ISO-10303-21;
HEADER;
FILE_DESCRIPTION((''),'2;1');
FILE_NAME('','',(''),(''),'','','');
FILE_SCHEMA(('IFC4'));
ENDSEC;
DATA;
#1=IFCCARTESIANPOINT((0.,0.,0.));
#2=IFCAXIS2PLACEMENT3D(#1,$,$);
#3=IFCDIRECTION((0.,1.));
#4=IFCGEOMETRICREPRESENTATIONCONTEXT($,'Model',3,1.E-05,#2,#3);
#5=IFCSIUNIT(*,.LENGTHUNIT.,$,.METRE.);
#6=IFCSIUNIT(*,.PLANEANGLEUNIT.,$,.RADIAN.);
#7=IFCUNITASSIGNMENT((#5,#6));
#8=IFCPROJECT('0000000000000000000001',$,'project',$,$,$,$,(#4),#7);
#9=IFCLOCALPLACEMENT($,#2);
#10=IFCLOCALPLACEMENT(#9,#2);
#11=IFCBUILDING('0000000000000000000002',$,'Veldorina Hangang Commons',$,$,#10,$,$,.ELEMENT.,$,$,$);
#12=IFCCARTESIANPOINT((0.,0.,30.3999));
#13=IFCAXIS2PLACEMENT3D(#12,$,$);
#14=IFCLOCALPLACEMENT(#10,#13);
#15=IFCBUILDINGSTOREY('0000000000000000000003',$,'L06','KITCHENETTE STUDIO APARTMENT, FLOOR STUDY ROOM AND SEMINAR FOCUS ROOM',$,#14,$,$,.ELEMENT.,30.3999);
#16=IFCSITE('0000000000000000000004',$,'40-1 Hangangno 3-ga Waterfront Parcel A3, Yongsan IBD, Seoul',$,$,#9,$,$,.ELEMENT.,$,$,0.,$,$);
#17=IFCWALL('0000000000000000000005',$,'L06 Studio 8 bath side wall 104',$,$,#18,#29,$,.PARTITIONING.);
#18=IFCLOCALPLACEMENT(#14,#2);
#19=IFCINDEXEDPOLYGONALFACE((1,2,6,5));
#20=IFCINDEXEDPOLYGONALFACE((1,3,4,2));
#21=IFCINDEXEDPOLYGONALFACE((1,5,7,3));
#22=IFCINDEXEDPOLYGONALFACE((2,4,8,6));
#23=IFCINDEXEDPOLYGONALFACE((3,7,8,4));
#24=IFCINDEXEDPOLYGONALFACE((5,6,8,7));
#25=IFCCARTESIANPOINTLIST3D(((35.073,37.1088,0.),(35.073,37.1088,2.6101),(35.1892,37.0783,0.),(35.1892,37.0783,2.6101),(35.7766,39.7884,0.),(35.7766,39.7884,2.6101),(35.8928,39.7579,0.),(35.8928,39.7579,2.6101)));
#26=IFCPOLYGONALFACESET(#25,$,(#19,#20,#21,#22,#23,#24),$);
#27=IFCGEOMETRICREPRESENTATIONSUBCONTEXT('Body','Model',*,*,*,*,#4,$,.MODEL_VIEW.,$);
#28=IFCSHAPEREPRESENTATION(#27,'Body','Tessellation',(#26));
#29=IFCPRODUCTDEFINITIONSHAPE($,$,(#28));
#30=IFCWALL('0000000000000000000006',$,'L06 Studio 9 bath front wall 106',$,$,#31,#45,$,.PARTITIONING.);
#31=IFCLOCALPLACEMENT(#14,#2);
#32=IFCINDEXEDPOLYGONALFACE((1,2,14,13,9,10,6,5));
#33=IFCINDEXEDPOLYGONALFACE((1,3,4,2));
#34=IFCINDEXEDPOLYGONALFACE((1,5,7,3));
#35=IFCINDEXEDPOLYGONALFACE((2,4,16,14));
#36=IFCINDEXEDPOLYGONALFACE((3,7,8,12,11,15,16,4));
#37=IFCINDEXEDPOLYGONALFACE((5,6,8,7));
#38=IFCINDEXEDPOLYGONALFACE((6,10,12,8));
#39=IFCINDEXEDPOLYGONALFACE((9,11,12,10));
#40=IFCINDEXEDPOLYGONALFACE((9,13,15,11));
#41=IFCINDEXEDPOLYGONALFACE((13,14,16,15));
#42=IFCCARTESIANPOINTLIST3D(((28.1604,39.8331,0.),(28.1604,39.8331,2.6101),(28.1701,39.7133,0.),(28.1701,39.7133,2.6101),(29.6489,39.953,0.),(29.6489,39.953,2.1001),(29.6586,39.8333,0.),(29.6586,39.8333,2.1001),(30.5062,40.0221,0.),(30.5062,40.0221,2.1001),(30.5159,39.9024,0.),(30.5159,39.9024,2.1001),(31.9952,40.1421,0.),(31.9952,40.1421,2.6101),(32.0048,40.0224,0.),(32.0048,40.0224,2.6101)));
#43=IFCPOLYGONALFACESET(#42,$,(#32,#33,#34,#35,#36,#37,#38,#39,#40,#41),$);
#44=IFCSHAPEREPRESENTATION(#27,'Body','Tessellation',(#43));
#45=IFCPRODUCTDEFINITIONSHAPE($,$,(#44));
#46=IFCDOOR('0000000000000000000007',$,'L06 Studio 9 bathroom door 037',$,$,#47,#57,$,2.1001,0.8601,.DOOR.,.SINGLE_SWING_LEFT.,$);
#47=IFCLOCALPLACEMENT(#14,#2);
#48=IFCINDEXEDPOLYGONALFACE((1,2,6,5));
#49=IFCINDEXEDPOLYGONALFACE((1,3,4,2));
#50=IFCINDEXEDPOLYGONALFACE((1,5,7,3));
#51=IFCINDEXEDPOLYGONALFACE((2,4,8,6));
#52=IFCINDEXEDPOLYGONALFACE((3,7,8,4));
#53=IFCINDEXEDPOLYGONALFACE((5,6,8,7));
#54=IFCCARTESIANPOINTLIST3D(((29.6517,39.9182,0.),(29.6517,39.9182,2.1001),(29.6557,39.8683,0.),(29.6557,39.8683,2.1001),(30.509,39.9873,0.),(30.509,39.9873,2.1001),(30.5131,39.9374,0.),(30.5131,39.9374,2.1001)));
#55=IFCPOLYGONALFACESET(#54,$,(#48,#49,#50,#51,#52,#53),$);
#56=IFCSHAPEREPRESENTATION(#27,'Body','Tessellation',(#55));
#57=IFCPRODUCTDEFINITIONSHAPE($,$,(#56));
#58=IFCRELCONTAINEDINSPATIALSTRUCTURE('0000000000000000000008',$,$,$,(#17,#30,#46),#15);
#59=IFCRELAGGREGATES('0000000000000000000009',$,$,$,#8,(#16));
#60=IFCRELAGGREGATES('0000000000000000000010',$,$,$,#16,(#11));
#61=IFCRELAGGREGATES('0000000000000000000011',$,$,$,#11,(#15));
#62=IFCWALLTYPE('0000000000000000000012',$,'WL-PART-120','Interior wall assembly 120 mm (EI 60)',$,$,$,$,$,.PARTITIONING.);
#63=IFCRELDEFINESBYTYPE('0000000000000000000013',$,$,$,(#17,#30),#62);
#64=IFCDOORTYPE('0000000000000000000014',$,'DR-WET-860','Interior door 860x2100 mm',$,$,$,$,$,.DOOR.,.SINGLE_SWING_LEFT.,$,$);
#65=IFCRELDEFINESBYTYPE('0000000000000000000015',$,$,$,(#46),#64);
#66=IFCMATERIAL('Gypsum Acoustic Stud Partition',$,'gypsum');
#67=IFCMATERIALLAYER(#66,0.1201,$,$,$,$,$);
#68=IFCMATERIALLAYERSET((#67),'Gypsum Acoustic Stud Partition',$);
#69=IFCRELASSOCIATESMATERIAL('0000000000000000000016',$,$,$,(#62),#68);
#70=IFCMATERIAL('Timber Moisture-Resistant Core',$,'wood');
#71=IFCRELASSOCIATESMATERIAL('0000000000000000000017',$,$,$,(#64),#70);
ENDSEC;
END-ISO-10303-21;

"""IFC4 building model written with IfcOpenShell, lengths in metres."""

from ifc_helpers import new_model, si_unit, direction, frame, frame_2d, origin, place, context, subcontext, project, spatial, rectangle, extrude, material, layer, layer_set, type_object, element, fill, save


model = new_model("IFC4")

# Units and contexts
model_context = context("Model", 3, precision=1e-05, world=origin(), true_north=direction((0.0, 1.0)))
body_context = subcontext(model_context, "Body", "Model", "MODEL_VIEW")
ifc_project = project(units=[si_unit("LENGTHUNIT", "METRE"), si_unit("PLANEANGLEUNIT", "RADIAN")], contexts=[model_context])

# Site, building, storey
site_placement = place(None, origin())
site = spatial("IfcSite", under=ifc_project, at=site_placement, Name="40-1 Hangangno 3-ga Waterfront Parcel A3, Yongsan IBD, Seoul", CompositionType="ELEMENT", RefElevation=0.0)
building_placement = place(site_placement, origin())
building = spatial("IfcBuilding", under=site, at=building_placement, Name="Veldorina Hangang Commons", CompositionType="ELEMENT")
storey_placement = place(building_placement, frame((0.0, 0.0, 30.3999)))
storey = spatial("IfcBuildingStorey", under=building, at=storey_placement, Name="L06", Description="KITCHENETTE STUDIO APARTMENT, FLOOR STUDY ROOM AND SEMINAR FOCUS ROOM", CompositionType="ELEMENT", Elevation=30.3999)

# Shared definitions
ifc_material_1 = material(Name="Gypsum Acoustic Stud Partition", Category="gypsum")
ifc_layer_1 = layer(ifc_material_1, 0.1201)
ifc_layer_set_1 = layer_set([ifc_layer_1], Name="Gypsum Acoustic Stud Partition")
wall_type_1 = type_object("IfcWallType", Name="WL-PART-120", Description="Interior wall assembly 120 mm (EI 60)", PredefinedType="PARTITIONING", material=ifc_layer_set_1)

# Shared definitions
ifc_material_2 = material(Name="Timber Moisture-Resistant Core", Category="wood")
door_type_1 = type_object("IfcDoorType", Name="DR-WET-860", Description="Interior door 860x2100 mm", OperationType="SINGLE_SWING_LEFT", PredefinedType="DOOR", material=ifc_material_2)

# Wall
wall_1_placement = place(storey_placement, frame((35.1311, 37.0935, 0.0), z_axis=(0.0, 0.0, 1.0), x_axis=(0.253964, 0.967214, 0.0)))
element("IfcWall", 1, at=wall_1_placement, inside=storey, type_object=wall_type_1, Name="L06 Studio 8 bath side wall 104", PredefinedType="PARTITIONING", context=body_context, shape_type="SweptSolid", body=[
    extrude(rectangle(XDim=2.7705, YDim=0.1201, at=frame_2d((1.3853, 0.0))), origin(), (0.0, 0.0, 1.0), 2.6101),
])

# Wall, opening, door
wall_2_placement = place(storey_placement, frame((32.0, 40.0823, 0.0), z_axis=(0.0, 0.0, 1.0), x_axis=(-0.996767, -0.08034, 0.0)))
wall_2 = element("IfcWall", 2, at=wall_2_placement, inside=storey, type_object=wall_type_1, Name="L06 Studio 9 bath front wall 106", PredefinedType="PARTITIONING", context=body_context, shape_type="SweptSolid", body=[
    extrude(rectangle(XDim=3.8472, YDim=0.1201, at=frame_2d((1.9236, 0.0))), origin(), (0.0, 0.0, 1.0), 2.6101),
])
opening_1_placement = place(wall_2_placement, frame((1.4937, 0.0, 0.0)))
opening_1 = element("IfcOpeningElement", 3, at=opening_1_placement, cuts=wall_2, PredefinedType="OPENING", context=body_context, shape_type="SweptSolid", body=[
    extrude(rectangle(XDim=0.8601, YDim=2.1001, at=frame_2d((0.4302, 1.05))), frame((0.0, 0.0701, 0.0), z_axis=(0.0, -1.0, 0.0), x_axis=(1.0, 0.0, 0.0)), (0.0, 0.0, 1.0), 0.1401),
])
door_1_placement = place(opening_1_placement, origin())
door_1 = element("IfcDoor", 4, at=door_1_placement, inside=storey, type_object=door_type_1, Name="L06 Studio 9 bathroom door 037", OperationType="SINGLE_SWING_LEFT", OverallHeight=2.1001, OverallWidth=0.8601, PredefinedType="DOOR", context=body_context, shape_type="SweptSolid", body=[
    extrude(rectangle(XDim=0.8601, YDim=2.1001, at=frame_2d((0.4302, 1.05))), frame((0.0, 0.0249, 0.0), z_axis=(0.0, -1.0, 0.0), x_axis=(1.0, 0.0, 0.0)), (0.0, 0.0, 1.0), 0.05),
])
fill(opening_1, door_1)

save(model, "model.ifc")
